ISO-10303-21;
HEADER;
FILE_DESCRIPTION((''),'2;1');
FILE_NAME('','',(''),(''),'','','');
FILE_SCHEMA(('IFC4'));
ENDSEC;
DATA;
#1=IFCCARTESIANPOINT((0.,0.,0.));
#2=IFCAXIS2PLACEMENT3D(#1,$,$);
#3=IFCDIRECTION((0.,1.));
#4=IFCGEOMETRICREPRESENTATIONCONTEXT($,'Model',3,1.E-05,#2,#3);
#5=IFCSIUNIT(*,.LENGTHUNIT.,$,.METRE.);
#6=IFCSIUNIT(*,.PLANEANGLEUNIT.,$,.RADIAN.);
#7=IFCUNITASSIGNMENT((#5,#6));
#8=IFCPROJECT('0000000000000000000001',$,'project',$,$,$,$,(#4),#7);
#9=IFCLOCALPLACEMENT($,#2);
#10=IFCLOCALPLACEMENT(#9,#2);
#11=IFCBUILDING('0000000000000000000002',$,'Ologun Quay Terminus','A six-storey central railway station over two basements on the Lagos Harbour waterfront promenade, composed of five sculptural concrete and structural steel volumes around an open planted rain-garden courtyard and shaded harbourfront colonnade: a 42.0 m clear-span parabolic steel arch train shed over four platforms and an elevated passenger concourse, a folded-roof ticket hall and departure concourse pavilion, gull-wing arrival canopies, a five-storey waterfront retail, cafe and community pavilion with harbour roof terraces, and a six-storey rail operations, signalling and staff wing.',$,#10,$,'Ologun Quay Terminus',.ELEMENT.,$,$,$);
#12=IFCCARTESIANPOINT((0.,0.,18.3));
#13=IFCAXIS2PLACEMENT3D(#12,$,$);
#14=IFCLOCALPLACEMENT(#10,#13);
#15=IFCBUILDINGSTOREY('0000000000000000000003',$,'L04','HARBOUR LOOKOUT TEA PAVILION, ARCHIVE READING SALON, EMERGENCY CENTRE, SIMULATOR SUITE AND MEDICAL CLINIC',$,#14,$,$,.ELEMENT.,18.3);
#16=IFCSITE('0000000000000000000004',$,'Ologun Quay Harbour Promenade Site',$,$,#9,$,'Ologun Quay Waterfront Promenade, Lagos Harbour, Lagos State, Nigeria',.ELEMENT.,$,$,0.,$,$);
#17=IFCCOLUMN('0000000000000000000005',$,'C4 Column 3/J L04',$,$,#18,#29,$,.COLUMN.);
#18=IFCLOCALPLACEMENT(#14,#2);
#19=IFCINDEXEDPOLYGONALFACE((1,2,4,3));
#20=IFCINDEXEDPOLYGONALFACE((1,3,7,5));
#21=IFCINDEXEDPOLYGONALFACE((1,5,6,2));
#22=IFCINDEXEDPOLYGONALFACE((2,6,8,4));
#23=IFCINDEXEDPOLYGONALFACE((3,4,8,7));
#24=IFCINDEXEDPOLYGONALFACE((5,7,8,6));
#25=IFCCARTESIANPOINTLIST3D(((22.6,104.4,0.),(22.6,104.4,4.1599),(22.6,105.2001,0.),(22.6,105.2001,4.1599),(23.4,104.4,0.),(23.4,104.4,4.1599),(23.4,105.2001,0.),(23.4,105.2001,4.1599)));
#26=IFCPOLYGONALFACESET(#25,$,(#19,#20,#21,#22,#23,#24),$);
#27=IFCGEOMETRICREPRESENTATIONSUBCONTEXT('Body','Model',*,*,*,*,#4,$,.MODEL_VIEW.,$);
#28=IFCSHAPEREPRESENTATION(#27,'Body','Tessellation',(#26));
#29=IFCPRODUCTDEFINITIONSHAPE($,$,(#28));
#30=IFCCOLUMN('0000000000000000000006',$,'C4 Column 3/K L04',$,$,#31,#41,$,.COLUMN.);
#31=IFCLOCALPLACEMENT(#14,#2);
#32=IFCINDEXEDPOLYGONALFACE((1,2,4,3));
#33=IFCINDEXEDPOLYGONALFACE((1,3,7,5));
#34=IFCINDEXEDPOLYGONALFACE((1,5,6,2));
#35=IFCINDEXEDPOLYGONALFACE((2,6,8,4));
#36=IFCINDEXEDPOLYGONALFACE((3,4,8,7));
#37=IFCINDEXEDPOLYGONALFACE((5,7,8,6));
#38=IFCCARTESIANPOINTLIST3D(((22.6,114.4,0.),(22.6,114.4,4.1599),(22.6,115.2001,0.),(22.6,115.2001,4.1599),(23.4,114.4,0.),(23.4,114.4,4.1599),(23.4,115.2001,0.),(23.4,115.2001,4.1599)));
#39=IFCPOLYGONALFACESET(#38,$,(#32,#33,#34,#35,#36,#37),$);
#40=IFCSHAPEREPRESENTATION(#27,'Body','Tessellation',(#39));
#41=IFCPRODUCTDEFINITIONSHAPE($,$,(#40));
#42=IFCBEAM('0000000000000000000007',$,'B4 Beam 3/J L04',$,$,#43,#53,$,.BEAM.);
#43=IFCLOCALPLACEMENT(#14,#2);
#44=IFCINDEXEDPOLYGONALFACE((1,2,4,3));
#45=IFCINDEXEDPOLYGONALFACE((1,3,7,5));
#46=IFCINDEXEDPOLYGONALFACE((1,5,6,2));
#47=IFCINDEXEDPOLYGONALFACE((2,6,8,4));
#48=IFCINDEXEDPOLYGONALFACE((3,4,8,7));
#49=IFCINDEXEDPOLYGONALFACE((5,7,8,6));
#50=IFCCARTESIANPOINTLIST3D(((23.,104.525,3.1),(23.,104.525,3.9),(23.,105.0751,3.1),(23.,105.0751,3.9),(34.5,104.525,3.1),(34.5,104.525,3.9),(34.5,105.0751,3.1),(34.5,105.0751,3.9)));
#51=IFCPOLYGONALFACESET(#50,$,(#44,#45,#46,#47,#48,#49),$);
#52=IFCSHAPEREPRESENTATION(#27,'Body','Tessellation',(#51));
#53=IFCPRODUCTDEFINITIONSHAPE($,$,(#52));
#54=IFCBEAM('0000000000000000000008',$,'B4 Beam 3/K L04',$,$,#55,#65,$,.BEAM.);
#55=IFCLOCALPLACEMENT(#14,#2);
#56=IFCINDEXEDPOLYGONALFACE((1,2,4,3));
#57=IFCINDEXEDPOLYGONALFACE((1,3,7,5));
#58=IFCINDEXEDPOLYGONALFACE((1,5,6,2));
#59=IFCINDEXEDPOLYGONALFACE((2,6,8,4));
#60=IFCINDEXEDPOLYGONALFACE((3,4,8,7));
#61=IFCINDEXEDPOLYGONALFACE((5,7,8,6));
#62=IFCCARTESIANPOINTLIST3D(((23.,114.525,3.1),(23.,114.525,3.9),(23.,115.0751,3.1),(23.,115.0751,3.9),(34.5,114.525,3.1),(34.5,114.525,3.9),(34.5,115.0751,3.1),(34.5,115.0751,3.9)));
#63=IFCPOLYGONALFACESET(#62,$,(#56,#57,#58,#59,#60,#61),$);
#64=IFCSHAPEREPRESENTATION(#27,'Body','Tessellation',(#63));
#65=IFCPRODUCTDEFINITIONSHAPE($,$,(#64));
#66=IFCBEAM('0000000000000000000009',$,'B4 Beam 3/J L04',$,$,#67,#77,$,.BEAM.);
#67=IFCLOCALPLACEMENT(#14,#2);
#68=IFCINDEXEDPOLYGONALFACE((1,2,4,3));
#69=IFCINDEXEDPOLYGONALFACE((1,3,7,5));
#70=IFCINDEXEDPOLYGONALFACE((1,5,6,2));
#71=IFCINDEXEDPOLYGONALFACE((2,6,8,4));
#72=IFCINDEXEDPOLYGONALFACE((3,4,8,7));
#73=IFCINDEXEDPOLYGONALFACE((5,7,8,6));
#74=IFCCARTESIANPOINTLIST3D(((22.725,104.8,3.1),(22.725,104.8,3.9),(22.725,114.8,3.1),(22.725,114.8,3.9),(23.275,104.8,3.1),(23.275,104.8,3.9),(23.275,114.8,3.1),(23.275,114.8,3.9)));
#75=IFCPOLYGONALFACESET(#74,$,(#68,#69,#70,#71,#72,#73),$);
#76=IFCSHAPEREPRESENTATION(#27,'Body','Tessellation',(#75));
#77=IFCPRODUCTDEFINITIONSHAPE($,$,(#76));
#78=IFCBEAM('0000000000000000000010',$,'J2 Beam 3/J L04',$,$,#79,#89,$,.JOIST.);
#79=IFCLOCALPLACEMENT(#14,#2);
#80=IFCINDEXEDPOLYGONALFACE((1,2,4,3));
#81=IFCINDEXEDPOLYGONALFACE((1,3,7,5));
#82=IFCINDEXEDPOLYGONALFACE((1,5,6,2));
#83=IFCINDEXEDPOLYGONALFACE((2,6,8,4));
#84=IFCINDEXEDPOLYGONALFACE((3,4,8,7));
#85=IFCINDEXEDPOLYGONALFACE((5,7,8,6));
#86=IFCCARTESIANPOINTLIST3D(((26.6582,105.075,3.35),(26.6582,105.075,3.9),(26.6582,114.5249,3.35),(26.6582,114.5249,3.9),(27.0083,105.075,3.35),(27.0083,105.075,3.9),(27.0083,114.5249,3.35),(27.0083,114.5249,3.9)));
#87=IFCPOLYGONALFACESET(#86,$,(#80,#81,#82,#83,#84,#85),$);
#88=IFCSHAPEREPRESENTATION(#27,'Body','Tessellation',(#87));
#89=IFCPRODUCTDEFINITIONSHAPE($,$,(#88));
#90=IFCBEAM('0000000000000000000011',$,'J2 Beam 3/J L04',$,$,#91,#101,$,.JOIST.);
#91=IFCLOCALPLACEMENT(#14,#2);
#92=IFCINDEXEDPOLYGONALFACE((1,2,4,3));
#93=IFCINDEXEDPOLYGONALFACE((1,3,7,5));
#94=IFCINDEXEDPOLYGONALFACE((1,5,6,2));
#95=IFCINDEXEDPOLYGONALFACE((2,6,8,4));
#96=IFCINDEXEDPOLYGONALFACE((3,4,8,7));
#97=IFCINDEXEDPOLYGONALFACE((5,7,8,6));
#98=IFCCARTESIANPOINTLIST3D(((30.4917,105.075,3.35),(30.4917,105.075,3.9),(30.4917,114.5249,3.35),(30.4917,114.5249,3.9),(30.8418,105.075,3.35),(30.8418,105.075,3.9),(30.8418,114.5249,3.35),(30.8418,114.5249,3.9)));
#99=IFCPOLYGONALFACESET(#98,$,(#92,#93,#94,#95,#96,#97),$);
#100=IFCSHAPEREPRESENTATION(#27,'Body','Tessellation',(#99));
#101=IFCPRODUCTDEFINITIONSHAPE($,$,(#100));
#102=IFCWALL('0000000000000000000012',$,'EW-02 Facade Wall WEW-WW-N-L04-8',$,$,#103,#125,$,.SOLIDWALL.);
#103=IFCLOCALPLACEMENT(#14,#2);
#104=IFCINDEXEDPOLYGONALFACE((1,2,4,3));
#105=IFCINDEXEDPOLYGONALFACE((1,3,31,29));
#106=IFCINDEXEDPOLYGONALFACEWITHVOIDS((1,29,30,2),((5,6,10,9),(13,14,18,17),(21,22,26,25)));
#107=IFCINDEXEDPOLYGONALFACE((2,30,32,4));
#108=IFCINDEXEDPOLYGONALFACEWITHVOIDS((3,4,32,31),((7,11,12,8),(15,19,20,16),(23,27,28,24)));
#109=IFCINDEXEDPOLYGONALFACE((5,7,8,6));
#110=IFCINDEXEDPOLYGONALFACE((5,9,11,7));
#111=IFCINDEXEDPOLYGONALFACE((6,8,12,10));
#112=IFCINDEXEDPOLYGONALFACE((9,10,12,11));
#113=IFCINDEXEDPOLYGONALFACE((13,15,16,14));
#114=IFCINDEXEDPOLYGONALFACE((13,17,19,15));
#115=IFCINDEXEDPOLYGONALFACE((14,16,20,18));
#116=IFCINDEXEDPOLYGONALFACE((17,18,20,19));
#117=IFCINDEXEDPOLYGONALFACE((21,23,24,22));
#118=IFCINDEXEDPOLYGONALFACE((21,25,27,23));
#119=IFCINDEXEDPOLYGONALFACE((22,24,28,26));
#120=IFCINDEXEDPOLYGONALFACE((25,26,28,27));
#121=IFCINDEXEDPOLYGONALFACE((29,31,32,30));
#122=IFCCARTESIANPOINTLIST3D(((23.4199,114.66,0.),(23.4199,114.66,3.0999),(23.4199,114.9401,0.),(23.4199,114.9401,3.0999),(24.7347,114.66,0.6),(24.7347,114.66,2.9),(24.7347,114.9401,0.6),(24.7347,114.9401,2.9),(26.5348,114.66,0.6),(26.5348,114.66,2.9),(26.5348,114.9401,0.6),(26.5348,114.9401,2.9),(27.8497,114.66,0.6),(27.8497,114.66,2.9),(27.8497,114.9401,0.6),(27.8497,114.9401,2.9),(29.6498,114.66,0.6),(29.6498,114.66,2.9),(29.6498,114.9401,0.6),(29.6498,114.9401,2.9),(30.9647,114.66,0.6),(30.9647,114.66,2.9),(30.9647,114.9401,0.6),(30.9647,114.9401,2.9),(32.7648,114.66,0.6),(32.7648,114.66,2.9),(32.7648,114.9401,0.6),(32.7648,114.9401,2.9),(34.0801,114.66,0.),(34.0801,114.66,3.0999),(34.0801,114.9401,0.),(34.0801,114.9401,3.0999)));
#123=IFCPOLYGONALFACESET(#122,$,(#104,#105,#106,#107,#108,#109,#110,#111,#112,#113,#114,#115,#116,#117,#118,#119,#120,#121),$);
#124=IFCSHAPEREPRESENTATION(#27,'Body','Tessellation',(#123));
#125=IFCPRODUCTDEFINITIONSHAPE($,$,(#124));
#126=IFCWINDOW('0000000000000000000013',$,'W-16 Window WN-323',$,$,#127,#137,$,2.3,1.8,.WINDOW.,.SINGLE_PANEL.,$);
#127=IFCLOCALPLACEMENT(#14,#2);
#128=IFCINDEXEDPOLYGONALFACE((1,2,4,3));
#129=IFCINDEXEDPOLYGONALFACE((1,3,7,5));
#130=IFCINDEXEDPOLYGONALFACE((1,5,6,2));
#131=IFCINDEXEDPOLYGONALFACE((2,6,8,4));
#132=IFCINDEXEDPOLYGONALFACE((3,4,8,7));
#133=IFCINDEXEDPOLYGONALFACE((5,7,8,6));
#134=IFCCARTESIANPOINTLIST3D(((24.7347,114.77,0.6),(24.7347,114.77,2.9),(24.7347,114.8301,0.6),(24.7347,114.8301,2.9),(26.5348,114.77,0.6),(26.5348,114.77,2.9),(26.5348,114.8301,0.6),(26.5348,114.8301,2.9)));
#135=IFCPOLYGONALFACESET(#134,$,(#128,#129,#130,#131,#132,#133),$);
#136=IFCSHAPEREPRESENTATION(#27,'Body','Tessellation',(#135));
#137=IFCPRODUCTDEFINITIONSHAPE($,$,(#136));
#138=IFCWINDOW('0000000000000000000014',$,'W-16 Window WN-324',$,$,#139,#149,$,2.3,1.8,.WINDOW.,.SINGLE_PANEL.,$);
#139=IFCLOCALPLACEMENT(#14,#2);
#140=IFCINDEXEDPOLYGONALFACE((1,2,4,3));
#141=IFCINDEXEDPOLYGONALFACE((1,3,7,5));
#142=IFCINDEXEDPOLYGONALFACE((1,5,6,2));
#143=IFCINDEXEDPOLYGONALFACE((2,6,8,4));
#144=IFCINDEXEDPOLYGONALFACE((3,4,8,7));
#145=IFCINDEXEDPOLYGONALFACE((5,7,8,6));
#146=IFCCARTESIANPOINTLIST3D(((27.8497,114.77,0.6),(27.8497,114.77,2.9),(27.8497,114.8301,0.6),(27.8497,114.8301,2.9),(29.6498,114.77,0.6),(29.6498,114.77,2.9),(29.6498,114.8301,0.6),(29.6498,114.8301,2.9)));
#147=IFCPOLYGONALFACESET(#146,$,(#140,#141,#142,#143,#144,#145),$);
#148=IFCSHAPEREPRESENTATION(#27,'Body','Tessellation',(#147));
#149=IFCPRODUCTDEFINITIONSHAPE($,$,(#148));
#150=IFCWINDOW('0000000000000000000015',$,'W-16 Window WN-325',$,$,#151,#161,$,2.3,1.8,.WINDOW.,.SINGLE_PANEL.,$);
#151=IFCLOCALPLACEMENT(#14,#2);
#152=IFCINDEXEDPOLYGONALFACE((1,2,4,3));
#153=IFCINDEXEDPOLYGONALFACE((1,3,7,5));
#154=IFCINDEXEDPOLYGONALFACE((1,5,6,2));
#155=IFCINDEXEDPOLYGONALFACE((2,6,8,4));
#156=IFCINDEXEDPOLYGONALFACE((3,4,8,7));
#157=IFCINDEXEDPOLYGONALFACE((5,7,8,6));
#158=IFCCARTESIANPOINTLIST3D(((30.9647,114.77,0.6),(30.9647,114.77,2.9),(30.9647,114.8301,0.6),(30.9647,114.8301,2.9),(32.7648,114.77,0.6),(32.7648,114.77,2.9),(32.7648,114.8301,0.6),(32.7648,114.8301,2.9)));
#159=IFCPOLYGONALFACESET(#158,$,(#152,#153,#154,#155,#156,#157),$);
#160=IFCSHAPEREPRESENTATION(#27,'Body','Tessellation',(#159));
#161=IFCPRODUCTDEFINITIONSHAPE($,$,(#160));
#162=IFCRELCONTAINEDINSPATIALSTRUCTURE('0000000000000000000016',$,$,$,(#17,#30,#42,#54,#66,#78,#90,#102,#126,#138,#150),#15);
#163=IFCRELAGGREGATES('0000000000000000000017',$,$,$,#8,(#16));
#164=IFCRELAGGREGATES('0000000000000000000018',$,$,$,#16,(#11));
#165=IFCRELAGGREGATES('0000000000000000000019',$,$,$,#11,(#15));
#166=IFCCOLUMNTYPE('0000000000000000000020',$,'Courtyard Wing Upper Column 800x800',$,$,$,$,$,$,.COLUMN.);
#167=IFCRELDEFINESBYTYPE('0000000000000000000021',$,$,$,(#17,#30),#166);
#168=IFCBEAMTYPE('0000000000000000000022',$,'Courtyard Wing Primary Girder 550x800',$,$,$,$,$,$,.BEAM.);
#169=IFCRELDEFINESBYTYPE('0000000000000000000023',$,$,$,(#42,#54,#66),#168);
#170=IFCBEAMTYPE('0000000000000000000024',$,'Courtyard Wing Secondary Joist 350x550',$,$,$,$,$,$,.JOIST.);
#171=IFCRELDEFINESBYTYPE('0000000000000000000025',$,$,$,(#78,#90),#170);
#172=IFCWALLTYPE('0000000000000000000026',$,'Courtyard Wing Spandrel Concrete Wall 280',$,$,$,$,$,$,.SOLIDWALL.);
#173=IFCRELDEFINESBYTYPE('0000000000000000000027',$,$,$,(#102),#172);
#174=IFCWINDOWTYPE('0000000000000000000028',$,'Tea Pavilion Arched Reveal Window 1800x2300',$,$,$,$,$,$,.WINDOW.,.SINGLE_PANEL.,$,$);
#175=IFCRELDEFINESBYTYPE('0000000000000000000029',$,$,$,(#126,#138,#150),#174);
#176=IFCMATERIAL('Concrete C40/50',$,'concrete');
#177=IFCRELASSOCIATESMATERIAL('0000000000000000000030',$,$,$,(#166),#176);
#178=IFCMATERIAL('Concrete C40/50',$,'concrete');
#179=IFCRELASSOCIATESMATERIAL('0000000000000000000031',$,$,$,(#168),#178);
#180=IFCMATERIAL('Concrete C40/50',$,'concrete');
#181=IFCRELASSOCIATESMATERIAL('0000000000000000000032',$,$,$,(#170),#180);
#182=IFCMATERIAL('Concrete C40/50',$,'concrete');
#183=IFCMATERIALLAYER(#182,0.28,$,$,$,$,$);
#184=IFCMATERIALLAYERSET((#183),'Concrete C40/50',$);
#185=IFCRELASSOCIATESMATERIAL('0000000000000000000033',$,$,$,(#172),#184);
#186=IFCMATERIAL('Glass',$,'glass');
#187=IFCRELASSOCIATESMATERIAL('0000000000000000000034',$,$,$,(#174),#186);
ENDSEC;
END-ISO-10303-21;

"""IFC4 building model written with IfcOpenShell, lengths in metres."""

from ifc_helpers import new_model, si_unit, direction, frame, frame_2d, origin, origin_2d, place, context, subcontext, project, spatial, rectangle, extrude, material, layer, layer_set, material_profile, profile_set, type_object, element, fill, save


model = new_model("IFC4")

# Units and contexts
model_context = context("Model", 3, precision=1e-05, world=origin(), true_north=direction((0.0, 1.0)))
body_context = subcontext(model_context, "Body", "Model", "MODEL_VIEW")
ifc_project = project(units=[si_unit("LENGTHUNIT", "METRE"), si_unit("PLANEANGLEUNIT", "RADIAN")], contexts=[model_context])

# Site, building, storey
site_placement = place(None, origin())
site = spatial("IfcSite", under=ifc_project, at=site_placement, Name="Ologun Quay Harbour Promenade Site", LongName="Ologun Quay Waterfront Promenade, Lagos Harbour, Lagos State, Nigeria", CompositionType="ELEMENT", RefElevation=0.0)
building_placement = place(site_placement, origin())
building = spatial("IfcBuilding", under=site, at=building_placement, Name="Ologun Quay Terminus", Description="A six-storey central railway station over two basements on the Lagos Harbour waterfront promenade, composed of five sculptural concrete and structural steel volumes around an open planted rain-garden courtyard and shaded harbourfront colonnade: a 42.0 m clear-span parabolic steel arch train shed over four platforms and an elevated passenger concourse, a folded-roof ticket hall and departure concourse pavilion, gull-wing arrival canopies, a five-storey waterfront retail, cafe and community pavilion with harbour roof terraces, and a six-storey rail operations, signalling and staff wing.", LongName="Ologun Quay Terminus", CompositionType="ELEMENT")
storey_placement = place(building_placement, frame((0.0, 0.0, 18.3)))
storey = spatial("IfcBuildingStorey", under=building, at=storey_placement, Name="L04", Description="HARBOUR LOOKOUT TEA PAVILION, ARCHIVE READING SALON, EMERGENCY CENTRE, SIMULATOR SUITE AND MEDICAL CLINIC", CompositionType="ELEMENT", Elevation=18.3)

# Columns
ifc_material_1 = material(Name="Concrete C40/50", Category="concrete")
ifc_material_profile_1 = material_profile(ifc_material_1, rectangle(XDim=0.8, YDim=0.8, at=origin_2d()), Name="RC 800x800")
ifc_profile_set_1 = profile_set([ifc_material_profile_1], Name="Concrete C40/50")
column_type = type_object("IfcColumnType", Name="Courtyard Wing Upper Column 800x800", PredefinedType="COLUMN", material=ifc_profile_set_1)
for number, where, z_axis, x_axis, name in (
    (1, (23.0, 104.8, 0.0), (0.0, 0.0, 1.0), (1.0, 0.0, 0.0), "C4 Column 3/J L04"),
    (2, (23.0, 114.8, 0.0), (0.0, 0.0, 1.0), (1.0, 0.0, 0.0), "C4 Column 3/K L04"),
):
    element("IfcColumn", number, at=place(storey_placement, frame(where, z_axis=z_axis, x_axis=x_axis)), inside=storey, type_object=column_type, Name=name, PredefinedType="COLUMN", context=body_context, shape_type="SweptSolid", body=[
        extrude(rectangle(XDim=0.8, YDim=0.8, at=origin_2d()), origin(), (0.0, 0.0, 1.0), 4.1599),
    ])

# Beams
ifc_material_2 = material(Name="Concrete C40/50", Category="concrete")
ifc_material_profile_2 = material_profile(ifc_material_2, rectangle(XDim=0.55, YDim=0.8, at=origin_2d()), Name="RC 550x800")
ifc_profile_set_2 = profile_set([ifc_material_profile_2], Name="Concrete C40/50")
beam_type_1 = type_object("IfcBeamType", Name="Courtyard Wing Primary Girder 550x800", PredefinedType="BEAM", material=ifc_profile_set_2)
for number, where, z_axis, x_axis, name in (
    (3, (23.0, 104.8, 3.5), (1.0, 0.0, 0.0), (0.0, 1.0, 0.0), "B4 Beam 3/J L04"),
    (4, (23.0, 114.8, 3.5), (1.0, 0.0, 0.0), (0.0, 1.0, 0.0), "B4 Beam 3/K L04"),
):
    element("IfcBeam", number, at=place(storey_placement, frame(where, z_axis=z_axis, x_axis=x_axis)), inside=storey, type_object=beam_type_1, Name=name, PredefinedType="BEAM", context=body_context, shape_type="SweptSolid", body=[
        extrude(rectangle(XDim=0.55, YDim=0.8, at=origin_2d()), origin(), (0.0, 0.0, 1.0), 11.5),
    ])
beam_placement = place(storey_placement, frame((23.0, 104.8, 3.5), z_axis=(0.0, 1.0, 0.0), x_axis=(-1.0, 0.0, 0.0)))
element("IfcBeam", 5, at=beam_placement, inside=storey, type_object=beam_type_1, Name="B4 Beam 3/J L04", PredefinedType="BEAM", context=body_context, shape_type="SweptSolid", body=[
    extrude(rectangle(XDim=0.55, YDim=0.8, at=origin_2d()), origin(), (0.0, 0.0, 1.0), 10.0),
])
ifc_material_3 = material(Name="Concrete C40/50", Category="concrete")
ifc_material_profile_3 = material_profile(ifc_material_3, rectangle(XDim=0.3501, YDim=0.55, at=origin_2d()), Name="RC 350x550")
ifc_profile_set_3 = profile_set([ifc_material_profile_3], Name="Concrete C40/50")
beam_type_2 = type_object("IfcBeamType", Name="Courtyard Wing Secondary Joist 350x550", PredefinedType="JOIST", material=ifc_profile_set_3)
for number, where, z_axis, x_axis, name in (
    (6, (26.8333, 105.075, 3.625), (0.0, 1.0, 0.0), (-1.0, 0.0, 0.0), "J2 Beam 3/J L04"),
    (7, (30.6667, 105.075, 3.625), (0.0, 1.0, 0.0), (-1.0, 0.0, 0.0), "J2 Beam 3/J L04"),
):
    element("IfcBeam", number, at=place(storey_placement, frame(where, z_axis=z_axis, x_axis=x_axis)), inside=storey, type_object=beam_type_2, Name=name, PredefinedType="JOIST", context=body_context, shape_type="SweptSolid", body=[
        extrude(rectangle(XDim=0.3501, YDim=0.55, at=origin_2d()), origin(), (0.0, 0.0, 1.0), 9.45),
    ])

# Wall, openings, windows
ifc_material_4 = material(Name="Concrete C40/50", Category="concrete")
ifc_layer_1 = layer(ifc_material_4, 0.28)
ifc_layer_set_1 = layer_set([ifc_layer_1], Name="Concrete C40/50")
wall_type_1 = type_object("IfcWallType", Name="Courtyard Wing Spandrel Concrete Wall 280", PredefinedType="SOLIDWALL", material=ifc_layer_set_1)
wall_1_placement = place(storey_placement, frame((23.4199, 114.8, 0.0), z_axis=(0.0, 0.0, 1.0), x_axis=(1.0, 0.0, 0.0)))
wall_1 = element("IfcWall", 8, at=wall_1_placement, inside=storey, type_object=wall_type_1, Name="EW-02 Facade Wall WEW-WW-N-L04-8", PredefinedType="SOLIDWALL", context=body_context, shape_type="SweptSolid", body=[
    extrude(rectangle(XDim=10.6602, YDim=0.28, at=frame_2d((5.3301, 0.0))), origin(), (0.0, 0.0, 1.0), 3.0999),
])
opening_1_placement = place(wall_1_placement, frame((1.3149, 0.0, 0.6001)))
opening_1 = element("IfcOpeningElement", 9, at=opening_1_placement, cuts=wall_1, PredefinedType="OPENING", context=body_context, shape_type="SweptSolid", body=[
    extrude(rectangle(XDim=1.8, YDim=2.3, at=frame_2d((0.8999, 1.1499))), frame((0.0, 0.1499, 0.0), z_axis=(0.0, -1.0, 0.0), x_axis=(1.0, 0.0, 0.0)), (0.0, 0.0, 1.0), 0.3),
])
opening_2_placement = place(wall_1_placement, frame((4.4299, 0.0, 0.6001)))
opening_2 = element("IfcOpeningElement", 10, at=opening_2_placement, cuts=wall_1, PredefinedType="OPENING", context=body_context, shape_type="SweptSolid", body=[
    extrude(rectangle(XDim=1.8, YDim=2.3, at=frame_2d((0.8999, 1.1499))), frame((0.0, 0.1499, 0.0), z_axis=(0.0, -1.0, 0.0), x_axis=(1.0, 0.0, 0.0)), (0.0, 0.0, 1.0), 0.3),
])
opening_3_placement = place(wall_1_placement, frame((7.5449, 0.0, 0.6001)))
opening_3 = element("IfcOpeningElement", 11, at=opening_3_placement, cuts=wall_1, PredefinedType="OPENING", context=body_context, shape_type="SweptSolid", body=[
    extrude(rectangle(XDim=1.8, YDim=2.3, at=frame_2d((0.8999, 1.1499))), frame((0.0, 0.1499, 0.0), z_axis=(0.0, -1.0, 0.0), x_axis=(1.0, 0.0, 0.0)), (0.0, 0.0, 1.0), 0.3),
])
ifc_material_5 = material(Name="Glass", Category="glass")
window_type_1 = type_object("IfcWindowType", Name="Tea Pavilion Arched Reveal Window 1800x2300", PartitioningType="SINGLE_PANEL", PredefinedType="WINDOW", material=ifc_material_5)
window_1_placement = place(opening_1_placement, origin())
window_1 = element("IfcWindow", 12, at=window_1_placement, inside=storey, type_object=window_type_1, Name="W-16 Window WN-323", OverallHeight=2.3, OverallWidth=1.8, PartitioningType="SINGLE_PANEL", PredefinedType="WINDOW", context=body_context, shape_type="SweptSolid", body=[
    extrude(rectangle(XDim=1.8, YDim=2.3, at=frame_2d((0.8999, 1.1499))), frame((0.0, 0.03, 0.0), z_axis=(0.0, -1.0, 0.0), x_axis=(1.0, 0.0, 0.0)), (0.0, 0.0, 1.0), 0.0601),
])
fill(opening_1, window_1)
window_2_placement = place(opening_2_placement, origin())
window_2 = element("IfcWindow", 13, at=window_2_placement, inside=storey, type_object=window_type_1, Name="W-16 Window WN-324", OverallHeight=2.3, OverallWidth=1.8, PartitioningType="SINGLE_PANEL", PredefinedType="WINDOW", context=body_context, shape_type="SweptSolid", body=[
    extrude(rectangle(XDim=1.8, YDim=2.3, at=frame_2d((0.8999, 1.1499))), frame((0.0, 0.03, 0.0), z_axis=(0.0, -1.0, 0.0), x_axis=(1.0, 0.0, 0.0)), (0.0, 0.0, 1.0), 0.0601),
])
fill(opening_2, window_2)
window_3_placement = place(opening_3_placement, origin())
window_3 = element("IfcWindow", 14, at=window_3_placement, inside=storey, type_object=window_type_1, Name="W-16 Window WN-325", OverallHeight=2.3, OverallWidth=1.8, PartitioningType="SINGLE_PANEL", PredefinedType="WINDOW", context=body_context, shape_type="SweptSolid", body=[
    extrude(rectangle(XDim=1.8, YDim=2.3, at=frame_2d((0.8999, 1.1499))), frame((0.0, 0.03, 0.0), z_axis=(0.0, -1.0, 0.0), x_axis=(1.0, 0.0, 0.0)), (0.0, 0.0, 1.0), 0.0601),
])
fill(opening_3, window_3)

save(model, "model.ifc")
